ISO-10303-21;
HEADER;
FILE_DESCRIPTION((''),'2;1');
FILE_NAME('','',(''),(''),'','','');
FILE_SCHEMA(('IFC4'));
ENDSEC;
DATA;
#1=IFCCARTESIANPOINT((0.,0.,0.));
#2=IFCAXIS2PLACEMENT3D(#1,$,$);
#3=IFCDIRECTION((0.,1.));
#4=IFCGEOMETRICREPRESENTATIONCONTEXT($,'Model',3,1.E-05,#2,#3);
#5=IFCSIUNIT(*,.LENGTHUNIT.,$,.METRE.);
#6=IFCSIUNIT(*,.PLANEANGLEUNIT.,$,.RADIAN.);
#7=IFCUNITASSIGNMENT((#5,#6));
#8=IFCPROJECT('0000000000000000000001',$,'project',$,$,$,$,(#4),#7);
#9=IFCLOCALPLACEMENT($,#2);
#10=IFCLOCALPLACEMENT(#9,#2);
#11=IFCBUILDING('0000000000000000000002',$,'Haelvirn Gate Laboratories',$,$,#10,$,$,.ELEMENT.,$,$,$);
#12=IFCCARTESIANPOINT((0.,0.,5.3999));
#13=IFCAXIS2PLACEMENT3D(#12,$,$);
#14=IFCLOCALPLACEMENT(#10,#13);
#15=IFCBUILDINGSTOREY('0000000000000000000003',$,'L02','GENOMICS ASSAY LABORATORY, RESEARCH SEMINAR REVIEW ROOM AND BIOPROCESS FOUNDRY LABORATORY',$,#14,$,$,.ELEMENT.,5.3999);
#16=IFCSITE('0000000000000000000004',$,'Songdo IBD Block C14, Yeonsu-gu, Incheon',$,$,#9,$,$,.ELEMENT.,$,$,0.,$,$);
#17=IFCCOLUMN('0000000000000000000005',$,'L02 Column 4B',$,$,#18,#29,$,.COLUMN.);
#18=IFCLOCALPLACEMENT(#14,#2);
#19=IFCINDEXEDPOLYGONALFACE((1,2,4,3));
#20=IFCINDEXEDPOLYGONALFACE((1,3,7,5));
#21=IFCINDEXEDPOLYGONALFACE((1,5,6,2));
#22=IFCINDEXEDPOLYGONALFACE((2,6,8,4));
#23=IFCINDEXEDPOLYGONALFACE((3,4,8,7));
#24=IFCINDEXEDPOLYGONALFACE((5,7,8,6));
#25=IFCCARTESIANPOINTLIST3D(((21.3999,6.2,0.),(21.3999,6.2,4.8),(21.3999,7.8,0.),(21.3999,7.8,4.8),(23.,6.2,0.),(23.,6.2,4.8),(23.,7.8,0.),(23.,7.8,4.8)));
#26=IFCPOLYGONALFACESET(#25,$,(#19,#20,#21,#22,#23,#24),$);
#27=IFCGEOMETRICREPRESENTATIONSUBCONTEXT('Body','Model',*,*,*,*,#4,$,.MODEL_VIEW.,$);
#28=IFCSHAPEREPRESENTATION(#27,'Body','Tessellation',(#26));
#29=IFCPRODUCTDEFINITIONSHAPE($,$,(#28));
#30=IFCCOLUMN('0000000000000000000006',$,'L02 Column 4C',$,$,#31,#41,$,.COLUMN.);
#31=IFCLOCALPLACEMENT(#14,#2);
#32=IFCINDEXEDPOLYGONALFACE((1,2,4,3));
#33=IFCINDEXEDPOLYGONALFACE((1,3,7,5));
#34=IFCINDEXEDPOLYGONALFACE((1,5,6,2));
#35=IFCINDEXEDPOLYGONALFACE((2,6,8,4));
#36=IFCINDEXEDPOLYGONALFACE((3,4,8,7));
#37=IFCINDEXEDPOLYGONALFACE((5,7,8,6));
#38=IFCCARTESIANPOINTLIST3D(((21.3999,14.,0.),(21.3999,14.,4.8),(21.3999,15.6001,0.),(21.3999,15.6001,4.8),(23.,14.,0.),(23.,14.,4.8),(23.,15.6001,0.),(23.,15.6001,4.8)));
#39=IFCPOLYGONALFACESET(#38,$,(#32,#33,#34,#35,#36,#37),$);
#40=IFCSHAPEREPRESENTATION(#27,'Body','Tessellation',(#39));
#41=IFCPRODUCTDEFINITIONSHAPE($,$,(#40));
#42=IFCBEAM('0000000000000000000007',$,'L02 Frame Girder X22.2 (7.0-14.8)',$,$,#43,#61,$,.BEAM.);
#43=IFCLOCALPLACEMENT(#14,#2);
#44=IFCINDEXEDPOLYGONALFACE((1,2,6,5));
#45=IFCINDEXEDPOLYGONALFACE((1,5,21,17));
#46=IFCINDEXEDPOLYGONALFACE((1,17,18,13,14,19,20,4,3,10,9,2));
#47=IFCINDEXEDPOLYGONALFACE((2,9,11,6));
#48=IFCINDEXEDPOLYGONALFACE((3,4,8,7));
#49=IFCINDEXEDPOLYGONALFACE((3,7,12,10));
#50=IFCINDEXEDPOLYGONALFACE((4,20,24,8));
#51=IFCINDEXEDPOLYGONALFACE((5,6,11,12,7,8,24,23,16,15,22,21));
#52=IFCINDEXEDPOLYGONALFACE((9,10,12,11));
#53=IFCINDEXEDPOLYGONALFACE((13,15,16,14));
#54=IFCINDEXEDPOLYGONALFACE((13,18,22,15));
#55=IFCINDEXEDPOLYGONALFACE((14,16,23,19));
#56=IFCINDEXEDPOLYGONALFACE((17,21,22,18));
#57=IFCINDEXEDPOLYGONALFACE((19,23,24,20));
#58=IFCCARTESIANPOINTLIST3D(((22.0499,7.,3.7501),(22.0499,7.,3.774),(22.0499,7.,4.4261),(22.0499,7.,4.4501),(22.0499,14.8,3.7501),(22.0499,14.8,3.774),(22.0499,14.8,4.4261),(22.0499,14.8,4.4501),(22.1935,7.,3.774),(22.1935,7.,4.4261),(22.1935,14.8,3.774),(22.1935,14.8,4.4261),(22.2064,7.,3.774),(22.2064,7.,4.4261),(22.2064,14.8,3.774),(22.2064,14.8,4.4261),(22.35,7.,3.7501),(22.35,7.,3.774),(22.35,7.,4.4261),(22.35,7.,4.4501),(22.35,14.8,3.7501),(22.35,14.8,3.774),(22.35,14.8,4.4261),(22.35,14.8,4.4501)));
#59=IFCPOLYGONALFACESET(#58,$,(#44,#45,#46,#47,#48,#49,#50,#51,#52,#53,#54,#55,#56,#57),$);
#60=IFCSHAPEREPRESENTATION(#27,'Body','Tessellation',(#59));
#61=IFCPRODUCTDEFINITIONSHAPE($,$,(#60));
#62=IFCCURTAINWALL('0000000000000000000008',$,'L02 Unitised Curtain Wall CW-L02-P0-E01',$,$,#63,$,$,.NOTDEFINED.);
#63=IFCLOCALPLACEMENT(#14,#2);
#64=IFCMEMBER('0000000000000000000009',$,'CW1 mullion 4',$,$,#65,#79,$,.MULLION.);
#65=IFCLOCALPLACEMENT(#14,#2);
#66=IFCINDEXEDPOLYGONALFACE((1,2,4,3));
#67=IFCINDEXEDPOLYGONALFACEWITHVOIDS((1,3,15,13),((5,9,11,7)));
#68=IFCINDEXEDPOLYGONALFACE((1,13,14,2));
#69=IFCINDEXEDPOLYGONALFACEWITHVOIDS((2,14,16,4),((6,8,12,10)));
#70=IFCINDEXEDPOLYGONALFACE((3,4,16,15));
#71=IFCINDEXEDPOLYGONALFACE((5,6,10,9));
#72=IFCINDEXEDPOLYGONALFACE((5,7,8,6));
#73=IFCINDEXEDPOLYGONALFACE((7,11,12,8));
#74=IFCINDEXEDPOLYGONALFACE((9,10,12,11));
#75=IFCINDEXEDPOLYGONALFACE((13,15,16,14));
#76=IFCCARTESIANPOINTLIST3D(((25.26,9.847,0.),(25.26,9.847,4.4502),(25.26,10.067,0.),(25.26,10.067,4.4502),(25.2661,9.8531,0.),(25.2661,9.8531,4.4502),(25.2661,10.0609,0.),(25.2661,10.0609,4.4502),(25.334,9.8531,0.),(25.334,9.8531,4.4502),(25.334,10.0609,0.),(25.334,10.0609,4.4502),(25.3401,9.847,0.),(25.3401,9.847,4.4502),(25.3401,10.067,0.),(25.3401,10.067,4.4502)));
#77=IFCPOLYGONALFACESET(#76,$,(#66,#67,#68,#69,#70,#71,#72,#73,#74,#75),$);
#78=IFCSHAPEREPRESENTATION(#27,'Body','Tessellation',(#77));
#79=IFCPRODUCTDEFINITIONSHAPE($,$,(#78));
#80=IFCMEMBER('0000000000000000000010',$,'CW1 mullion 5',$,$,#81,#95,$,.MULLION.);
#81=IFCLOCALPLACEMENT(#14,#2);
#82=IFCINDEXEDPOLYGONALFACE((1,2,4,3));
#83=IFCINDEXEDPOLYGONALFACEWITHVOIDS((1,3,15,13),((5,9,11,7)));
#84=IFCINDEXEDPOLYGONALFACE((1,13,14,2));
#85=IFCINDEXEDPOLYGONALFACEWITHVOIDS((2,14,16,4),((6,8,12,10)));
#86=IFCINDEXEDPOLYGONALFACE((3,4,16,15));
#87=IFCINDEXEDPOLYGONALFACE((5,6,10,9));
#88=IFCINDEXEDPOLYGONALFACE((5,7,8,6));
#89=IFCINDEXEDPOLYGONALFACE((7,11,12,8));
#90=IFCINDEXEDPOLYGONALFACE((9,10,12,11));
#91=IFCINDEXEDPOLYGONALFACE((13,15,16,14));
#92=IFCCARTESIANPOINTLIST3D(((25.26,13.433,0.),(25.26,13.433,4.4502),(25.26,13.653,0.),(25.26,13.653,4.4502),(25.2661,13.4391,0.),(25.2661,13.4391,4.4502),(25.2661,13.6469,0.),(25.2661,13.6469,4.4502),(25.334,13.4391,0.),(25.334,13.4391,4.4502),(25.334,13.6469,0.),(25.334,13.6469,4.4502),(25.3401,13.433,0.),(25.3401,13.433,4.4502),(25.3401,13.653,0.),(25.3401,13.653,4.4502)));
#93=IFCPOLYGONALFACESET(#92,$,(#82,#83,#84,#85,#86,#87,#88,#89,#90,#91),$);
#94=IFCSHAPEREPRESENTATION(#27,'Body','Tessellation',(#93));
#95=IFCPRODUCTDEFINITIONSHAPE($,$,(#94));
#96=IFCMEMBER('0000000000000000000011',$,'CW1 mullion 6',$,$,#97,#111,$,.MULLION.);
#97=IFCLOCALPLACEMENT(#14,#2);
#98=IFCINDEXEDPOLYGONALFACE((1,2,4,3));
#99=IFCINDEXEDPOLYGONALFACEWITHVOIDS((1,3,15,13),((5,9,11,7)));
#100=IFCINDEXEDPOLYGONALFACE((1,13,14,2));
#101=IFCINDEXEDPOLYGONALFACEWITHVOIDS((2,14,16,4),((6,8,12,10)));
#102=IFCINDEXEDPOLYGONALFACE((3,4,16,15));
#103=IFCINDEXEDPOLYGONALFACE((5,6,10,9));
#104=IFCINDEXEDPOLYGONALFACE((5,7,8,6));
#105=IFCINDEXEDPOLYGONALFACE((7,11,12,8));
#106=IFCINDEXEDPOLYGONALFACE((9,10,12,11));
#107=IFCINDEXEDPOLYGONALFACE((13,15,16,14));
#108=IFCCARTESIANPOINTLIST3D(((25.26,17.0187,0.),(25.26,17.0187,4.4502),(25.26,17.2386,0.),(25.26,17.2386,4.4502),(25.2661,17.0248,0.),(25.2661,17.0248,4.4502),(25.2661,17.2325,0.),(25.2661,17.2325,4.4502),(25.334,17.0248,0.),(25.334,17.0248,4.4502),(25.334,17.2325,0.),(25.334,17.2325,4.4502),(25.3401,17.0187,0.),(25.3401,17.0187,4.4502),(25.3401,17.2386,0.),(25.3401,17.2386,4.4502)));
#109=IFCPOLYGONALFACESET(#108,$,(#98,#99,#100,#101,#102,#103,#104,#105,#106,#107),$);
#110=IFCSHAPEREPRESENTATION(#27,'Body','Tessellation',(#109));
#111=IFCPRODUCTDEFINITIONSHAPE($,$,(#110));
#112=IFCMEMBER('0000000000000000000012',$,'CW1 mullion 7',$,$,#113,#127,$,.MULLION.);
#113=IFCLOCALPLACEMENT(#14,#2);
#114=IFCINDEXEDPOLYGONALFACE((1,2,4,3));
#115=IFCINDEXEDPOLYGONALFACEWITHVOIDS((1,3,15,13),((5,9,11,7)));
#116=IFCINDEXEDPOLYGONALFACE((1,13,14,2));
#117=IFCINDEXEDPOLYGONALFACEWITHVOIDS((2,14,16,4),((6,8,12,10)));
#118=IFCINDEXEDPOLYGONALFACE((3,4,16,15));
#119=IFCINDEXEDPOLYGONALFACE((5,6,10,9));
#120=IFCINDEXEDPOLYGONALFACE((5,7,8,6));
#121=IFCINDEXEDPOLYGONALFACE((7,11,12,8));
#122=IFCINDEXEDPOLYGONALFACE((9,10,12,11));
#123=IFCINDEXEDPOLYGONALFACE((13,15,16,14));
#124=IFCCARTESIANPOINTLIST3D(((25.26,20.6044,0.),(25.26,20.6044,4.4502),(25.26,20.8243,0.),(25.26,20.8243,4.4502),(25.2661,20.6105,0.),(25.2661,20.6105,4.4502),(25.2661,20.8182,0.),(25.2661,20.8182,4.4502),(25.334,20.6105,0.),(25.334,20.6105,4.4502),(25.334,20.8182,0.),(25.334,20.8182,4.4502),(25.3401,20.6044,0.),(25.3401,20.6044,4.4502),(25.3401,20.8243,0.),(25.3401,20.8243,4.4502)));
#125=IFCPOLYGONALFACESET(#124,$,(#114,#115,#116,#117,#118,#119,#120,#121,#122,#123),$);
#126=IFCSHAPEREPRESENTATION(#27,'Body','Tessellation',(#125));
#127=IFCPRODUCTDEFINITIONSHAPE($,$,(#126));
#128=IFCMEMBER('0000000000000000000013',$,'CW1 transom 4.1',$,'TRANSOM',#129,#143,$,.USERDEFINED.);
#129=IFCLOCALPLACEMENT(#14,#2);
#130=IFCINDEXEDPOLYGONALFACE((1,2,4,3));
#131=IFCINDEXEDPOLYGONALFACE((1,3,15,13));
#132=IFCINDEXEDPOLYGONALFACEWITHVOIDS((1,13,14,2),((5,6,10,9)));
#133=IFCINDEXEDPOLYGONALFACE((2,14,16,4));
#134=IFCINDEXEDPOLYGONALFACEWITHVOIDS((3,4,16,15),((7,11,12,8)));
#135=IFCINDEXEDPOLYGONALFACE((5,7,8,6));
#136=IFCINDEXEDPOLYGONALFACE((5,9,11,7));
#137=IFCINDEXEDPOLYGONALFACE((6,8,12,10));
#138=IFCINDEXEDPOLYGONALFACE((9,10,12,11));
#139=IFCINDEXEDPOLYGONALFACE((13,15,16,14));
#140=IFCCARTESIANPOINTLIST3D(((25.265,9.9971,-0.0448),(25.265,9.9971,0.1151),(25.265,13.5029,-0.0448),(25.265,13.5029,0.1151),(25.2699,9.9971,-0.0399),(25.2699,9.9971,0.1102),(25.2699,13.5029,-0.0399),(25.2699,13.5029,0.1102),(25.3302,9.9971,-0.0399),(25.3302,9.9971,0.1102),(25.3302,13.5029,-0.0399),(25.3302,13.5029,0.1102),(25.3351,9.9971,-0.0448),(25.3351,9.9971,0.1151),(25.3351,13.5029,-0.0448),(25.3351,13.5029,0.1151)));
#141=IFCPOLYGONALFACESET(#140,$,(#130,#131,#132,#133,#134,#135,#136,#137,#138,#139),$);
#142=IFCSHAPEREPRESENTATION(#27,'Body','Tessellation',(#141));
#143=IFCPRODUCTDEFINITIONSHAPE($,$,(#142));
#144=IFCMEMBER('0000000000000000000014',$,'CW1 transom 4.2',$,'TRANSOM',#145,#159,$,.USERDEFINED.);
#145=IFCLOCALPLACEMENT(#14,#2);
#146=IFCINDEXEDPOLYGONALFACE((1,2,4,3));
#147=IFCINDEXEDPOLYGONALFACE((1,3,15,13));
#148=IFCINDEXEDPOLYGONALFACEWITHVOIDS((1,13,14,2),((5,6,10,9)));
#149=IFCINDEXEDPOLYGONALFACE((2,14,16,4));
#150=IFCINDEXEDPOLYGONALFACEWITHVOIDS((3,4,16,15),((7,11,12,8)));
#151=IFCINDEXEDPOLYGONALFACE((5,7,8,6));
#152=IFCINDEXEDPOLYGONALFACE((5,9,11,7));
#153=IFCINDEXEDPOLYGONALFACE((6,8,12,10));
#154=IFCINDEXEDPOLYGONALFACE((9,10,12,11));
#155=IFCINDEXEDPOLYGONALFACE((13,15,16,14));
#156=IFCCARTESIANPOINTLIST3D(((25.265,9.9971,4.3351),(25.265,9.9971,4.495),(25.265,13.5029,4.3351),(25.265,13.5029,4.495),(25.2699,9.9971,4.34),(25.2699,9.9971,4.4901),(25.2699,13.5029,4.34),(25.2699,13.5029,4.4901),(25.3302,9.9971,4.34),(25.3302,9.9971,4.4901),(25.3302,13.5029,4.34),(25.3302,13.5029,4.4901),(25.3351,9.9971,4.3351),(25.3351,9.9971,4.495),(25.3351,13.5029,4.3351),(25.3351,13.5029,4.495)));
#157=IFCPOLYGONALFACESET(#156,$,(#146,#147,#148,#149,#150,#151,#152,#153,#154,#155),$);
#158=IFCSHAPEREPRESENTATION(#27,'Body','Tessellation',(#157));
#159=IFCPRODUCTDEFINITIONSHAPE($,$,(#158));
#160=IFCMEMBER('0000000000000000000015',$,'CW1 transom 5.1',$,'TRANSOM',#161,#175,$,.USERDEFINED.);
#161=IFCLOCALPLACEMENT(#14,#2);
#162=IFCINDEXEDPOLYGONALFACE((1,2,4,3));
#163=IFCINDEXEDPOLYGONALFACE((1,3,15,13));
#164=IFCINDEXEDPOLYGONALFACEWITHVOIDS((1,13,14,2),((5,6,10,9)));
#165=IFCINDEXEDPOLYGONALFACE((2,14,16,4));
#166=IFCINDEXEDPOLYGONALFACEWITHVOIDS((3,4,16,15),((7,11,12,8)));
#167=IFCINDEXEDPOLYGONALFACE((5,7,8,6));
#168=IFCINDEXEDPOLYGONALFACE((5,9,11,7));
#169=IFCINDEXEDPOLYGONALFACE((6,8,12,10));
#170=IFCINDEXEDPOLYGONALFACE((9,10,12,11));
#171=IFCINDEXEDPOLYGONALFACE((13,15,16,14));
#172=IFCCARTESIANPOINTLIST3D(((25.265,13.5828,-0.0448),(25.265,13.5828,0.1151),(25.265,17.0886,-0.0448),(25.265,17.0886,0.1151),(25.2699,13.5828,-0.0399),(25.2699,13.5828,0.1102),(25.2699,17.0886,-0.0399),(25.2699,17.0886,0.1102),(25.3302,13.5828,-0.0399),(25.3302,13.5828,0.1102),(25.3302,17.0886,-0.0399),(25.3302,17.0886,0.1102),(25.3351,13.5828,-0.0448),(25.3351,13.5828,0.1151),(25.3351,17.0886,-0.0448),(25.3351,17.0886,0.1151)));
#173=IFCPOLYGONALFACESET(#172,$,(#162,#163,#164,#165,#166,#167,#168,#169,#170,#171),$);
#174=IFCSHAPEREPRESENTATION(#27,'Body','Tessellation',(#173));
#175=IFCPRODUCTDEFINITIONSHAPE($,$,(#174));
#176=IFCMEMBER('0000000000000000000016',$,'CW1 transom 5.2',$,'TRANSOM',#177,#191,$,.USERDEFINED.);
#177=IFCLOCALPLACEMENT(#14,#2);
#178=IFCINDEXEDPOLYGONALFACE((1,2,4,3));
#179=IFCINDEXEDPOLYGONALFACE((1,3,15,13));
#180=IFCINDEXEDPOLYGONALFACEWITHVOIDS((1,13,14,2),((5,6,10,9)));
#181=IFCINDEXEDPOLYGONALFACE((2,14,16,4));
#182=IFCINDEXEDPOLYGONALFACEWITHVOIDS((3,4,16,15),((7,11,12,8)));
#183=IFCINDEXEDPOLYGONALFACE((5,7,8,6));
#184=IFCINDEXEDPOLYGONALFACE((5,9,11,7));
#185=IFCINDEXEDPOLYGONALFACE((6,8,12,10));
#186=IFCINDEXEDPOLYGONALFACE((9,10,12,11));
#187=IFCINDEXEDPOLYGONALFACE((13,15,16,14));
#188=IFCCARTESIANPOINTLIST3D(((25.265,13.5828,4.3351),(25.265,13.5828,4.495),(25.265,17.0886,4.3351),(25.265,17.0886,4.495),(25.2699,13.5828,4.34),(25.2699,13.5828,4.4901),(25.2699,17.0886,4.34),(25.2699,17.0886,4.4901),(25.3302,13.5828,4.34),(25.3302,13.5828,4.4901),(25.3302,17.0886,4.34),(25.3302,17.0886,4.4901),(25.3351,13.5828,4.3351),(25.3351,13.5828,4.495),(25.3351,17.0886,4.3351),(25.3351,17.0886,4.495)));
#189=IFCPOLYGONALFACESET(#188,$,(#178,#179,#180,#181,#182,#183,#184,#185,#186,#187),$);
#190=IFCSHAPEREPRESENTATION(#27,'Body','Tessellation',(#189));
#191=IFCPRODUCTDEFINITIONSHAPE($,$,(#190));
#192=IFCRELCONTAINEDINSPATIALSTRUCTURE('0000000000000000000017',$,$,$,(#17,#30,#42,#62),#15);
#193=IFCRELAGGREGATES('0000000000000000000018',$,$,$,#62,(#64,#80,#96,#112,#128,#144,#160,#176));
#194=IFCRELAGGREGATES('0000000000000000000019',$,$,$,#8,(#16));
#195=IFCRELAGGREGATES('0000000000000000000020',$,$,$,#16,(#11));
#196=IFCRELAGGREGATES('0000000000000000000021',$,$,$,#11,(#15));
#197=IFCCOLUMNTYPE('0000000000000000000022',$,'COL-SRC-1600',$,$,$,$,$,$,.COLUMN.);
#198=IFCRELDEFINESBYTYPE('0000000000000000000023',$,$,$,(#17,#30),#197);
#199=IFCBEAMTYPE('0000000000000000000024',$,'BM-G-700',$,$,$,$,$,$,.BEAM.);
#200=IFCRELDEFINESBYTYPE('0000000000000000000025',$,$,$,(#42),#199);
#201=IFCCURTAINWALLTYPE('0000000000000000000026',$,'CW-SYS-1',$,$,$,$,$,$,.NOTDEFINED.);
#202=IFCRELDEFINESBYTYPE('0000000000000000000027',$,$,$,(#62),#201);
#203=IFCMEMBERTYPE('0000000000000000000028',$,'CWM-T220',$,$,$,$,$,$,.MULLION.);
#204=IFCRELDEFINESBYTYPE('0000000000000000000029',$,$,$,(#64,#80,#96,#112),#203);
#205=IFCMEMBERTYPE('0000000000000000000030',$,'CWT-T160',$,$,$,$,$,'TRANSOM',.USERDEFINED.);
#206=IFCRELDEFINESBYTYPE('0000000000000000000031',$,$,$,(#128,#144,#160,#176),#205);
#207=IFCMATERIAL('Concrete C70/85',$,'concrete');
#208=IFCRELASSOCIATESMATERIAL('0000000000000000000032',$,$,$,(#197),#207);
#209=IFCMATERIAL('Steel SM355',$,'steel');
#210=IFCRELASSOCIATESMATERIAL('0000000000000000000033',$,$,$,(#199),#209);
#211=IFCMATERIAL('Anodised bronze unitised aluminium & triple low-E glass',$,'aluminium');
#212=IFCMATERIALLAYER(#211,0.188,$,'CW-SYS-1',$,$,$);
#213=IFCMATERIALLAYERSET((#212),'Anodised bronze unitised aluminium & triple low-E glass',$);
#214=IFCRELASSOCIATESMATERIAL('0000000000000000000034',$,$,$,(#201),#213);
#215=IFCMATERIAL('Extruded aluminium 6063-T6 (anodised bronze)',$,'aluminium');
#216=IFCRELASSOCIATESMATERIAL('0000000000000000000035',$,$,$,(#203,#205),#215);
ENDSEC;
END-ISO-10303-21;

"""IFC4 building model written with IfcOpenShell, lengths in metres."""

from ifc_helpers import new_model, si_unit, direction, frame, origin, origin_2d, place, context, subcontext, project, spatial, rectangle, hollow_rectangle, i_section, extrude, source, transform, mapped, material, layer, layer_set, material_profile, profile_set, type_object, type_shapes, element, aggregate, save


model = new_model("IFC4")

# Units and contexts
model_context = context("Model", 3, precision=1e-05, world=origin(), true_north=direction((0.0, 1.0)))
body_context = subcontext(model_context, "Body", "Model", "MODEL_VIEW")
ifc_project = project(units=[si_unit("LENGTHUNIT", "METRE"), si_unit("PLANEANGLEUNIT", "RADIAN")], contexts=[model_context])

# Site, building, storey
site_placement = place(None, origin())
site = spatial("IfcSite", under=ifc_project, at=site_placement, Name="Songdo IBD Block C14, Yeonsu-gu, Incheon", CompositionType="ELEMENT", RefElevation=0.0)
building_placement = place(site_placement, origin())
building = spatial("IfcBuilding", under=site, at=building_placement, Name="Haelvirn Gate Laboratories", CompositionType="ELEMENT")
storey_placement = place(building_placement, frame((0.0, 0.0, 5.3999)))
storey = spatial("IfcBuildingStorey", under=building, at=storey_placement, Name="L02", Description="GENOMICS ASSAY LABORATORY, RESEARCH SEMINAR REVIEW ROOM AND BIOPROCESS FOUNDRY LABORATORY", CompositionType="ELEMENT", Elevation=5.3999)

# Columns
ifc_material_1 = material(Name="Concrete C70/85", Category="concrete")
ifc_material_profile_1 = material_profile(ifc_material_1, rectangle(XDim=1.6001, YDim=1.6001, at=origin_2d()), Name="SRC-1600x1600")
ifc_profile_set_1 = profile_set([ifc_material_profile_1], Name="Concrete C70/85")
column_type = type_object("IfcColumnType", Name="COL-SRC-1600", PredefinedType="COLUMN", material=ifc_profile_set_1)
shared_shape_1 = source(origin(), body_context, "Body", "SweptSolid", [
    extrude(rectangle(XDim=1.6001, YDim=1.6001, at=origin_2d()), origin(), (0.0, 0.0, 1.0), 4.8),
])
type_shapes(column_type, [shared_shape_1])
for number, where, z_axis, x_axis, name in (
    (1, (22.2, 7.0, 0.0), (0.0, 0.0, 1.0), (1.0, 0.0, 0.0), "L02 Column 4B"),
    (2, (22.2, 14.8, 0.0), (0.0, 0.0, 1.0), (1.0, 0.0, 0.0), "L02 Column 4C"),
):
    element("IfcColumn", number, at=place(storey_placement, frame(where, z_axis=z_axis, x_axis=x_axis)), inside=storey, type_object=column_type, Name=name, PredefinedType="COLUMN", context=body_context, shape_type="MappedRepresentation", body=[
        mapped(shared_shape_1, transform((0.0, 0.0, 0.0), scale=1.0)),
    ])

# Beam
ifc_material_2 = material(Name="Steel SM355", Category="steel")
ifc_material_profile_2 = material_profile(ifc_material_2, i_section(OverallWidth=0.3, OverallDepth=0.7, WebThickness=0.0129, FlangeThickness=0.0239, at=origin_2d()), Name="H-700x300x13x24")
ifc_profile_set_2 = profile_set([ifc_material_profile_2], Name="Steel SM355")
beam_type = type_object("IfcBeamType", Name="BM-G-700", PredefinedType="BEAM", material=ifc_profile_set_2)
shared_shape_2 = source(origin(), body_context, "Body", "SweptSolid", [
    extrude(i_section(OverallWidth=0.3, OverallDepth=0.7, WebThickness=0.0129, FlangeThickness=0.0239, at=origin_2d()), origin(), (0.0, 0.0, 1.0), 7.8),
])
type_shapes(beam_type, [shared_shape_2])
beam_placement = place(storey_placement, frame((22.2, 7.0, 4.1001), z_axis=(0.0, 1.0, 0.0), x_axis=(-1.0, 0.0, 0.0)))
element("IfcBeam", 3, at=beam_placement, inside=storey, type_object=beam_type, Name="L02 Frame Girder X22.2 (7.0-14.8)", PredefinedType="BEAM", context=body_context, shape_type="MappedRepresentation", body=[
    mapped(shared_shape_2, transform((0.0, 0.0, 0.0), scale=1.0)),
])

# Curtain wall, members
ifc_material_3 = material(Name="Anodised bronze unitised aluminium & triple low-E glass", Category="aluminium")
ifc_layer_1 = layer(ifc_material_3, 0.188, Name="CW-SYS-1")
ifc_layer_set_1 = layer_set([ifc_layer_1], Name="Anodised bronze unitised aluminium & triple low-E glass")
curtain_wall_type = type_object("IfcCurtainWallType", Name="CW-SYS-1", PredefinedType="NOTDEFINED", material=ifc_layer_set_1)
curtain_wall_placement = place(storey_placement, origin())
curtain_wall = element("IfcCurtainWall", 4, at=curtain_wall_placement, inside=storey, type_object=curtain_wall_type, Name="L02 Unitised Curtain Wall CW-L02-P0-E01", PredefinedType="NOTDEFINED")
ifc_material_4 = material(Name="Extruded aluminium 6063-T6 (anodised bronze)", Category="aluminium")
ifc_material_profile_3 = material_profile(ifc_material_4, hollow_rectangle(XDim=0.0801, YDim=0.22, WallThickness=0.0061, at=origin_2d()), Name="CWM-220x80x6")
ifc_profile_set_3 = profile_set([ifc_material_profile_3], Name="Extruded aluminium 6063-T6 (anodised bronze)")
member_type_1 = type_object("IfcMemberType", Name="CWM-T220", PredefinedType="MULLION", material=ifc_profile_set_3)
shared_shape_3 = source(origin(), body_context, "Body", "SweptSolid", [
    extrude(hollow_rectangle(XDim=0.0801, YDim=0.22, WallThickness=0.0061, at=origin_2d()), origin(), (0.0, 0.0, 1.0), 4.4502),
])
type_shapes(member_type_1, [shared_shape_3])
member_1_placement = place(storey_placement, frame((25.3, 9.957, 0.0), z_axis=(0.0, 0.0, 1.0), x_axis=(-1.0, 0.0, 0.0)))
member_1 = element("IfcMember", 5, at=member_1_placement, type_object=member_type_1, Name="CW1 mullion 4", PredefinedType="MULLION", context=body_context, shape_type="MappedRepresentation", body=[
    mapped(shared_shape_3, transform((0.0, 0.0, 0.0), scale=1.0)),
])
member_2_placement = place(storey_placement, frame((25.3, 13.543, 0.0), z_axis=(0.0, 0.0, 1.0), x_axis=(-1.0, 0.0, 0.0)))
member_2 = element("IfcMember", 6, at=member_2_placement, type_object=member_type_1, Name="CW1 mullion 5", PredefinedType="MULLION", context=body_context, shape_type="MappedRepresentation", body=[
    mapped(shared_shape_3, transform((0.0, 0.0, 0.0), scale=1.0)),
])
member_3_placement = place(storey_placement, frame((25.3, 17.1287, 0.0), z_axis=(0.0, 0.0, 1.0), x_axis=(-1.0, 0.0, 0.0)))
member_3 = element("IfcMember", 7, at=member_3_placement, type_object=member_type_1, Name="CW1 mullion 6", PredefinedType="MULLION", context=body_context, shape_type="MappedRepresentation", body=[
    mapped(shared_shape_3, transform((0.0, 0.0, 0.0), scale=1.0)),
])
member_4_placement = place(storey_placement, frame((25.3, 20.7144, 0.0), z_axis=(0.0, 0.0, 1.0), x_axis=(-1.0, 0.0, 0.0)))
member_4 = element("IfcMember", 8, at=member_4_placement, type_object=member_type_1, Name="CW1 mullion 7", PredefinedType="MULLION", context=body_context, shape_type="MappedRepresentation", body=[
    mapped(shared_shape_3, transform((0.0, 0.0, 0.0), scale=1.0)),
])
ifc_material_profile_4 = material_profile(ifc_material_4, hollow_rectangle(XDim=0.0701, YDim=0.1599, WallThickness=0.0049, at=origin_2d()), Name="CWT-160x70x5")
ifc_profile_set_4 = profile_set([ifc_material_profile_4], Name="Extruded aluminium 6063-T6 (anodised bronze)")
member_type_2 = type_object("IfcMemberType", Name="CWT-T160", ElementType="TRANSOM", PredefinedType="USERDEFINED", material=ifc_profile_set_4)
shared_shape_4 = source(origin(), body_context, "Body", "SweptSolid", [
    extrude(hollow_rectangle(XDim=0.0701, YDim=0.1599, WallThickness=0.0049, at=origin_2d()), origin(), (0.0, 0.0, 1.0), 3.5059),
])
type_shapes(member_type_2, [shared_shape_4])
member_5_placement = place(storey_placement, frame((25.3, 9.9971, 0.0352), z_axis=(0.0, 1.0, 0.0), x_axis=(-1.0, 0.0, 0.0)))
member_5 = element("IfcMember", 9, at=member_5_placement, type_object=member_type_2, Name="CW1 transom 4.1", ObjectType="TRANSOM", PredefinedType="USERDEFINED", context=body_context, shape_type="MappedRepresentation", body=[
    mapped(shared_shape_4, transform((0.0, 0.0, 0.0), scale=1.0)),
])
member_6_placement = place(storey_placement, frame((25.3, 9.9971, 4.415), z_axis=(0.0, 1.0, 0.0), x_axis=(-1.0, 0.0, 0.0)))
member_6 = element("IfcMember", 10, at=member_6_placement, type_object=member_type_2, Name="CW1 transom 4.2", ObjectType="TRANSOM", PredefinedType="USERDEFINED", context=body_context, shape_type="MappedRepresentation", body=[
    mapped(shared_shape_4, transform((0.0, 0.0, 0.0), scale=1.0)),
])
member_7_placement = place(storey_placement, frame((25.3, 13.5828, 0.0352), z_axis=(0.0, 1.0, 0.0), x_axis=(-1.0, 0.0, 0.0)))
member_7 = element("IfcMember", 11, at=member_7_placement, type_object=member_type_2, Name="CW1 transom 5.1", ObjectType="TRANSOM", PredefinedType="USERDEFINED", context=body_context, shape_type="MappedRepresentation", body=[
    mapped(shared_shape_4, transform((0.0, 0.0, 0.0), scale=1.0)),
])
member_8_placement = place(storey_placement, frame((25.3, 13.5828, 4.415), z_axis=(0.0, 1.0, 0.0), x_axis=(-1.0, 0.0, 0.0)))
member_8 = element("IfcMember", 12, at=member_8_placement, type_object=member_type_2, Name="CW1 transom 5.2", ObjectType="TRANSOM", PredefinedType="USERDEFINED", context=body_context, shape_type="MappedRepresentation", body=[
    mapped(shared_shape_4, transform((0.0, 0.0, 0.0), scale=1.0)),
])
aggregate(curtain_wall, [member_1, member_2, member_3, member_4, member_5, member_6, member_7, member_8])

save(model, "model.ifc")
